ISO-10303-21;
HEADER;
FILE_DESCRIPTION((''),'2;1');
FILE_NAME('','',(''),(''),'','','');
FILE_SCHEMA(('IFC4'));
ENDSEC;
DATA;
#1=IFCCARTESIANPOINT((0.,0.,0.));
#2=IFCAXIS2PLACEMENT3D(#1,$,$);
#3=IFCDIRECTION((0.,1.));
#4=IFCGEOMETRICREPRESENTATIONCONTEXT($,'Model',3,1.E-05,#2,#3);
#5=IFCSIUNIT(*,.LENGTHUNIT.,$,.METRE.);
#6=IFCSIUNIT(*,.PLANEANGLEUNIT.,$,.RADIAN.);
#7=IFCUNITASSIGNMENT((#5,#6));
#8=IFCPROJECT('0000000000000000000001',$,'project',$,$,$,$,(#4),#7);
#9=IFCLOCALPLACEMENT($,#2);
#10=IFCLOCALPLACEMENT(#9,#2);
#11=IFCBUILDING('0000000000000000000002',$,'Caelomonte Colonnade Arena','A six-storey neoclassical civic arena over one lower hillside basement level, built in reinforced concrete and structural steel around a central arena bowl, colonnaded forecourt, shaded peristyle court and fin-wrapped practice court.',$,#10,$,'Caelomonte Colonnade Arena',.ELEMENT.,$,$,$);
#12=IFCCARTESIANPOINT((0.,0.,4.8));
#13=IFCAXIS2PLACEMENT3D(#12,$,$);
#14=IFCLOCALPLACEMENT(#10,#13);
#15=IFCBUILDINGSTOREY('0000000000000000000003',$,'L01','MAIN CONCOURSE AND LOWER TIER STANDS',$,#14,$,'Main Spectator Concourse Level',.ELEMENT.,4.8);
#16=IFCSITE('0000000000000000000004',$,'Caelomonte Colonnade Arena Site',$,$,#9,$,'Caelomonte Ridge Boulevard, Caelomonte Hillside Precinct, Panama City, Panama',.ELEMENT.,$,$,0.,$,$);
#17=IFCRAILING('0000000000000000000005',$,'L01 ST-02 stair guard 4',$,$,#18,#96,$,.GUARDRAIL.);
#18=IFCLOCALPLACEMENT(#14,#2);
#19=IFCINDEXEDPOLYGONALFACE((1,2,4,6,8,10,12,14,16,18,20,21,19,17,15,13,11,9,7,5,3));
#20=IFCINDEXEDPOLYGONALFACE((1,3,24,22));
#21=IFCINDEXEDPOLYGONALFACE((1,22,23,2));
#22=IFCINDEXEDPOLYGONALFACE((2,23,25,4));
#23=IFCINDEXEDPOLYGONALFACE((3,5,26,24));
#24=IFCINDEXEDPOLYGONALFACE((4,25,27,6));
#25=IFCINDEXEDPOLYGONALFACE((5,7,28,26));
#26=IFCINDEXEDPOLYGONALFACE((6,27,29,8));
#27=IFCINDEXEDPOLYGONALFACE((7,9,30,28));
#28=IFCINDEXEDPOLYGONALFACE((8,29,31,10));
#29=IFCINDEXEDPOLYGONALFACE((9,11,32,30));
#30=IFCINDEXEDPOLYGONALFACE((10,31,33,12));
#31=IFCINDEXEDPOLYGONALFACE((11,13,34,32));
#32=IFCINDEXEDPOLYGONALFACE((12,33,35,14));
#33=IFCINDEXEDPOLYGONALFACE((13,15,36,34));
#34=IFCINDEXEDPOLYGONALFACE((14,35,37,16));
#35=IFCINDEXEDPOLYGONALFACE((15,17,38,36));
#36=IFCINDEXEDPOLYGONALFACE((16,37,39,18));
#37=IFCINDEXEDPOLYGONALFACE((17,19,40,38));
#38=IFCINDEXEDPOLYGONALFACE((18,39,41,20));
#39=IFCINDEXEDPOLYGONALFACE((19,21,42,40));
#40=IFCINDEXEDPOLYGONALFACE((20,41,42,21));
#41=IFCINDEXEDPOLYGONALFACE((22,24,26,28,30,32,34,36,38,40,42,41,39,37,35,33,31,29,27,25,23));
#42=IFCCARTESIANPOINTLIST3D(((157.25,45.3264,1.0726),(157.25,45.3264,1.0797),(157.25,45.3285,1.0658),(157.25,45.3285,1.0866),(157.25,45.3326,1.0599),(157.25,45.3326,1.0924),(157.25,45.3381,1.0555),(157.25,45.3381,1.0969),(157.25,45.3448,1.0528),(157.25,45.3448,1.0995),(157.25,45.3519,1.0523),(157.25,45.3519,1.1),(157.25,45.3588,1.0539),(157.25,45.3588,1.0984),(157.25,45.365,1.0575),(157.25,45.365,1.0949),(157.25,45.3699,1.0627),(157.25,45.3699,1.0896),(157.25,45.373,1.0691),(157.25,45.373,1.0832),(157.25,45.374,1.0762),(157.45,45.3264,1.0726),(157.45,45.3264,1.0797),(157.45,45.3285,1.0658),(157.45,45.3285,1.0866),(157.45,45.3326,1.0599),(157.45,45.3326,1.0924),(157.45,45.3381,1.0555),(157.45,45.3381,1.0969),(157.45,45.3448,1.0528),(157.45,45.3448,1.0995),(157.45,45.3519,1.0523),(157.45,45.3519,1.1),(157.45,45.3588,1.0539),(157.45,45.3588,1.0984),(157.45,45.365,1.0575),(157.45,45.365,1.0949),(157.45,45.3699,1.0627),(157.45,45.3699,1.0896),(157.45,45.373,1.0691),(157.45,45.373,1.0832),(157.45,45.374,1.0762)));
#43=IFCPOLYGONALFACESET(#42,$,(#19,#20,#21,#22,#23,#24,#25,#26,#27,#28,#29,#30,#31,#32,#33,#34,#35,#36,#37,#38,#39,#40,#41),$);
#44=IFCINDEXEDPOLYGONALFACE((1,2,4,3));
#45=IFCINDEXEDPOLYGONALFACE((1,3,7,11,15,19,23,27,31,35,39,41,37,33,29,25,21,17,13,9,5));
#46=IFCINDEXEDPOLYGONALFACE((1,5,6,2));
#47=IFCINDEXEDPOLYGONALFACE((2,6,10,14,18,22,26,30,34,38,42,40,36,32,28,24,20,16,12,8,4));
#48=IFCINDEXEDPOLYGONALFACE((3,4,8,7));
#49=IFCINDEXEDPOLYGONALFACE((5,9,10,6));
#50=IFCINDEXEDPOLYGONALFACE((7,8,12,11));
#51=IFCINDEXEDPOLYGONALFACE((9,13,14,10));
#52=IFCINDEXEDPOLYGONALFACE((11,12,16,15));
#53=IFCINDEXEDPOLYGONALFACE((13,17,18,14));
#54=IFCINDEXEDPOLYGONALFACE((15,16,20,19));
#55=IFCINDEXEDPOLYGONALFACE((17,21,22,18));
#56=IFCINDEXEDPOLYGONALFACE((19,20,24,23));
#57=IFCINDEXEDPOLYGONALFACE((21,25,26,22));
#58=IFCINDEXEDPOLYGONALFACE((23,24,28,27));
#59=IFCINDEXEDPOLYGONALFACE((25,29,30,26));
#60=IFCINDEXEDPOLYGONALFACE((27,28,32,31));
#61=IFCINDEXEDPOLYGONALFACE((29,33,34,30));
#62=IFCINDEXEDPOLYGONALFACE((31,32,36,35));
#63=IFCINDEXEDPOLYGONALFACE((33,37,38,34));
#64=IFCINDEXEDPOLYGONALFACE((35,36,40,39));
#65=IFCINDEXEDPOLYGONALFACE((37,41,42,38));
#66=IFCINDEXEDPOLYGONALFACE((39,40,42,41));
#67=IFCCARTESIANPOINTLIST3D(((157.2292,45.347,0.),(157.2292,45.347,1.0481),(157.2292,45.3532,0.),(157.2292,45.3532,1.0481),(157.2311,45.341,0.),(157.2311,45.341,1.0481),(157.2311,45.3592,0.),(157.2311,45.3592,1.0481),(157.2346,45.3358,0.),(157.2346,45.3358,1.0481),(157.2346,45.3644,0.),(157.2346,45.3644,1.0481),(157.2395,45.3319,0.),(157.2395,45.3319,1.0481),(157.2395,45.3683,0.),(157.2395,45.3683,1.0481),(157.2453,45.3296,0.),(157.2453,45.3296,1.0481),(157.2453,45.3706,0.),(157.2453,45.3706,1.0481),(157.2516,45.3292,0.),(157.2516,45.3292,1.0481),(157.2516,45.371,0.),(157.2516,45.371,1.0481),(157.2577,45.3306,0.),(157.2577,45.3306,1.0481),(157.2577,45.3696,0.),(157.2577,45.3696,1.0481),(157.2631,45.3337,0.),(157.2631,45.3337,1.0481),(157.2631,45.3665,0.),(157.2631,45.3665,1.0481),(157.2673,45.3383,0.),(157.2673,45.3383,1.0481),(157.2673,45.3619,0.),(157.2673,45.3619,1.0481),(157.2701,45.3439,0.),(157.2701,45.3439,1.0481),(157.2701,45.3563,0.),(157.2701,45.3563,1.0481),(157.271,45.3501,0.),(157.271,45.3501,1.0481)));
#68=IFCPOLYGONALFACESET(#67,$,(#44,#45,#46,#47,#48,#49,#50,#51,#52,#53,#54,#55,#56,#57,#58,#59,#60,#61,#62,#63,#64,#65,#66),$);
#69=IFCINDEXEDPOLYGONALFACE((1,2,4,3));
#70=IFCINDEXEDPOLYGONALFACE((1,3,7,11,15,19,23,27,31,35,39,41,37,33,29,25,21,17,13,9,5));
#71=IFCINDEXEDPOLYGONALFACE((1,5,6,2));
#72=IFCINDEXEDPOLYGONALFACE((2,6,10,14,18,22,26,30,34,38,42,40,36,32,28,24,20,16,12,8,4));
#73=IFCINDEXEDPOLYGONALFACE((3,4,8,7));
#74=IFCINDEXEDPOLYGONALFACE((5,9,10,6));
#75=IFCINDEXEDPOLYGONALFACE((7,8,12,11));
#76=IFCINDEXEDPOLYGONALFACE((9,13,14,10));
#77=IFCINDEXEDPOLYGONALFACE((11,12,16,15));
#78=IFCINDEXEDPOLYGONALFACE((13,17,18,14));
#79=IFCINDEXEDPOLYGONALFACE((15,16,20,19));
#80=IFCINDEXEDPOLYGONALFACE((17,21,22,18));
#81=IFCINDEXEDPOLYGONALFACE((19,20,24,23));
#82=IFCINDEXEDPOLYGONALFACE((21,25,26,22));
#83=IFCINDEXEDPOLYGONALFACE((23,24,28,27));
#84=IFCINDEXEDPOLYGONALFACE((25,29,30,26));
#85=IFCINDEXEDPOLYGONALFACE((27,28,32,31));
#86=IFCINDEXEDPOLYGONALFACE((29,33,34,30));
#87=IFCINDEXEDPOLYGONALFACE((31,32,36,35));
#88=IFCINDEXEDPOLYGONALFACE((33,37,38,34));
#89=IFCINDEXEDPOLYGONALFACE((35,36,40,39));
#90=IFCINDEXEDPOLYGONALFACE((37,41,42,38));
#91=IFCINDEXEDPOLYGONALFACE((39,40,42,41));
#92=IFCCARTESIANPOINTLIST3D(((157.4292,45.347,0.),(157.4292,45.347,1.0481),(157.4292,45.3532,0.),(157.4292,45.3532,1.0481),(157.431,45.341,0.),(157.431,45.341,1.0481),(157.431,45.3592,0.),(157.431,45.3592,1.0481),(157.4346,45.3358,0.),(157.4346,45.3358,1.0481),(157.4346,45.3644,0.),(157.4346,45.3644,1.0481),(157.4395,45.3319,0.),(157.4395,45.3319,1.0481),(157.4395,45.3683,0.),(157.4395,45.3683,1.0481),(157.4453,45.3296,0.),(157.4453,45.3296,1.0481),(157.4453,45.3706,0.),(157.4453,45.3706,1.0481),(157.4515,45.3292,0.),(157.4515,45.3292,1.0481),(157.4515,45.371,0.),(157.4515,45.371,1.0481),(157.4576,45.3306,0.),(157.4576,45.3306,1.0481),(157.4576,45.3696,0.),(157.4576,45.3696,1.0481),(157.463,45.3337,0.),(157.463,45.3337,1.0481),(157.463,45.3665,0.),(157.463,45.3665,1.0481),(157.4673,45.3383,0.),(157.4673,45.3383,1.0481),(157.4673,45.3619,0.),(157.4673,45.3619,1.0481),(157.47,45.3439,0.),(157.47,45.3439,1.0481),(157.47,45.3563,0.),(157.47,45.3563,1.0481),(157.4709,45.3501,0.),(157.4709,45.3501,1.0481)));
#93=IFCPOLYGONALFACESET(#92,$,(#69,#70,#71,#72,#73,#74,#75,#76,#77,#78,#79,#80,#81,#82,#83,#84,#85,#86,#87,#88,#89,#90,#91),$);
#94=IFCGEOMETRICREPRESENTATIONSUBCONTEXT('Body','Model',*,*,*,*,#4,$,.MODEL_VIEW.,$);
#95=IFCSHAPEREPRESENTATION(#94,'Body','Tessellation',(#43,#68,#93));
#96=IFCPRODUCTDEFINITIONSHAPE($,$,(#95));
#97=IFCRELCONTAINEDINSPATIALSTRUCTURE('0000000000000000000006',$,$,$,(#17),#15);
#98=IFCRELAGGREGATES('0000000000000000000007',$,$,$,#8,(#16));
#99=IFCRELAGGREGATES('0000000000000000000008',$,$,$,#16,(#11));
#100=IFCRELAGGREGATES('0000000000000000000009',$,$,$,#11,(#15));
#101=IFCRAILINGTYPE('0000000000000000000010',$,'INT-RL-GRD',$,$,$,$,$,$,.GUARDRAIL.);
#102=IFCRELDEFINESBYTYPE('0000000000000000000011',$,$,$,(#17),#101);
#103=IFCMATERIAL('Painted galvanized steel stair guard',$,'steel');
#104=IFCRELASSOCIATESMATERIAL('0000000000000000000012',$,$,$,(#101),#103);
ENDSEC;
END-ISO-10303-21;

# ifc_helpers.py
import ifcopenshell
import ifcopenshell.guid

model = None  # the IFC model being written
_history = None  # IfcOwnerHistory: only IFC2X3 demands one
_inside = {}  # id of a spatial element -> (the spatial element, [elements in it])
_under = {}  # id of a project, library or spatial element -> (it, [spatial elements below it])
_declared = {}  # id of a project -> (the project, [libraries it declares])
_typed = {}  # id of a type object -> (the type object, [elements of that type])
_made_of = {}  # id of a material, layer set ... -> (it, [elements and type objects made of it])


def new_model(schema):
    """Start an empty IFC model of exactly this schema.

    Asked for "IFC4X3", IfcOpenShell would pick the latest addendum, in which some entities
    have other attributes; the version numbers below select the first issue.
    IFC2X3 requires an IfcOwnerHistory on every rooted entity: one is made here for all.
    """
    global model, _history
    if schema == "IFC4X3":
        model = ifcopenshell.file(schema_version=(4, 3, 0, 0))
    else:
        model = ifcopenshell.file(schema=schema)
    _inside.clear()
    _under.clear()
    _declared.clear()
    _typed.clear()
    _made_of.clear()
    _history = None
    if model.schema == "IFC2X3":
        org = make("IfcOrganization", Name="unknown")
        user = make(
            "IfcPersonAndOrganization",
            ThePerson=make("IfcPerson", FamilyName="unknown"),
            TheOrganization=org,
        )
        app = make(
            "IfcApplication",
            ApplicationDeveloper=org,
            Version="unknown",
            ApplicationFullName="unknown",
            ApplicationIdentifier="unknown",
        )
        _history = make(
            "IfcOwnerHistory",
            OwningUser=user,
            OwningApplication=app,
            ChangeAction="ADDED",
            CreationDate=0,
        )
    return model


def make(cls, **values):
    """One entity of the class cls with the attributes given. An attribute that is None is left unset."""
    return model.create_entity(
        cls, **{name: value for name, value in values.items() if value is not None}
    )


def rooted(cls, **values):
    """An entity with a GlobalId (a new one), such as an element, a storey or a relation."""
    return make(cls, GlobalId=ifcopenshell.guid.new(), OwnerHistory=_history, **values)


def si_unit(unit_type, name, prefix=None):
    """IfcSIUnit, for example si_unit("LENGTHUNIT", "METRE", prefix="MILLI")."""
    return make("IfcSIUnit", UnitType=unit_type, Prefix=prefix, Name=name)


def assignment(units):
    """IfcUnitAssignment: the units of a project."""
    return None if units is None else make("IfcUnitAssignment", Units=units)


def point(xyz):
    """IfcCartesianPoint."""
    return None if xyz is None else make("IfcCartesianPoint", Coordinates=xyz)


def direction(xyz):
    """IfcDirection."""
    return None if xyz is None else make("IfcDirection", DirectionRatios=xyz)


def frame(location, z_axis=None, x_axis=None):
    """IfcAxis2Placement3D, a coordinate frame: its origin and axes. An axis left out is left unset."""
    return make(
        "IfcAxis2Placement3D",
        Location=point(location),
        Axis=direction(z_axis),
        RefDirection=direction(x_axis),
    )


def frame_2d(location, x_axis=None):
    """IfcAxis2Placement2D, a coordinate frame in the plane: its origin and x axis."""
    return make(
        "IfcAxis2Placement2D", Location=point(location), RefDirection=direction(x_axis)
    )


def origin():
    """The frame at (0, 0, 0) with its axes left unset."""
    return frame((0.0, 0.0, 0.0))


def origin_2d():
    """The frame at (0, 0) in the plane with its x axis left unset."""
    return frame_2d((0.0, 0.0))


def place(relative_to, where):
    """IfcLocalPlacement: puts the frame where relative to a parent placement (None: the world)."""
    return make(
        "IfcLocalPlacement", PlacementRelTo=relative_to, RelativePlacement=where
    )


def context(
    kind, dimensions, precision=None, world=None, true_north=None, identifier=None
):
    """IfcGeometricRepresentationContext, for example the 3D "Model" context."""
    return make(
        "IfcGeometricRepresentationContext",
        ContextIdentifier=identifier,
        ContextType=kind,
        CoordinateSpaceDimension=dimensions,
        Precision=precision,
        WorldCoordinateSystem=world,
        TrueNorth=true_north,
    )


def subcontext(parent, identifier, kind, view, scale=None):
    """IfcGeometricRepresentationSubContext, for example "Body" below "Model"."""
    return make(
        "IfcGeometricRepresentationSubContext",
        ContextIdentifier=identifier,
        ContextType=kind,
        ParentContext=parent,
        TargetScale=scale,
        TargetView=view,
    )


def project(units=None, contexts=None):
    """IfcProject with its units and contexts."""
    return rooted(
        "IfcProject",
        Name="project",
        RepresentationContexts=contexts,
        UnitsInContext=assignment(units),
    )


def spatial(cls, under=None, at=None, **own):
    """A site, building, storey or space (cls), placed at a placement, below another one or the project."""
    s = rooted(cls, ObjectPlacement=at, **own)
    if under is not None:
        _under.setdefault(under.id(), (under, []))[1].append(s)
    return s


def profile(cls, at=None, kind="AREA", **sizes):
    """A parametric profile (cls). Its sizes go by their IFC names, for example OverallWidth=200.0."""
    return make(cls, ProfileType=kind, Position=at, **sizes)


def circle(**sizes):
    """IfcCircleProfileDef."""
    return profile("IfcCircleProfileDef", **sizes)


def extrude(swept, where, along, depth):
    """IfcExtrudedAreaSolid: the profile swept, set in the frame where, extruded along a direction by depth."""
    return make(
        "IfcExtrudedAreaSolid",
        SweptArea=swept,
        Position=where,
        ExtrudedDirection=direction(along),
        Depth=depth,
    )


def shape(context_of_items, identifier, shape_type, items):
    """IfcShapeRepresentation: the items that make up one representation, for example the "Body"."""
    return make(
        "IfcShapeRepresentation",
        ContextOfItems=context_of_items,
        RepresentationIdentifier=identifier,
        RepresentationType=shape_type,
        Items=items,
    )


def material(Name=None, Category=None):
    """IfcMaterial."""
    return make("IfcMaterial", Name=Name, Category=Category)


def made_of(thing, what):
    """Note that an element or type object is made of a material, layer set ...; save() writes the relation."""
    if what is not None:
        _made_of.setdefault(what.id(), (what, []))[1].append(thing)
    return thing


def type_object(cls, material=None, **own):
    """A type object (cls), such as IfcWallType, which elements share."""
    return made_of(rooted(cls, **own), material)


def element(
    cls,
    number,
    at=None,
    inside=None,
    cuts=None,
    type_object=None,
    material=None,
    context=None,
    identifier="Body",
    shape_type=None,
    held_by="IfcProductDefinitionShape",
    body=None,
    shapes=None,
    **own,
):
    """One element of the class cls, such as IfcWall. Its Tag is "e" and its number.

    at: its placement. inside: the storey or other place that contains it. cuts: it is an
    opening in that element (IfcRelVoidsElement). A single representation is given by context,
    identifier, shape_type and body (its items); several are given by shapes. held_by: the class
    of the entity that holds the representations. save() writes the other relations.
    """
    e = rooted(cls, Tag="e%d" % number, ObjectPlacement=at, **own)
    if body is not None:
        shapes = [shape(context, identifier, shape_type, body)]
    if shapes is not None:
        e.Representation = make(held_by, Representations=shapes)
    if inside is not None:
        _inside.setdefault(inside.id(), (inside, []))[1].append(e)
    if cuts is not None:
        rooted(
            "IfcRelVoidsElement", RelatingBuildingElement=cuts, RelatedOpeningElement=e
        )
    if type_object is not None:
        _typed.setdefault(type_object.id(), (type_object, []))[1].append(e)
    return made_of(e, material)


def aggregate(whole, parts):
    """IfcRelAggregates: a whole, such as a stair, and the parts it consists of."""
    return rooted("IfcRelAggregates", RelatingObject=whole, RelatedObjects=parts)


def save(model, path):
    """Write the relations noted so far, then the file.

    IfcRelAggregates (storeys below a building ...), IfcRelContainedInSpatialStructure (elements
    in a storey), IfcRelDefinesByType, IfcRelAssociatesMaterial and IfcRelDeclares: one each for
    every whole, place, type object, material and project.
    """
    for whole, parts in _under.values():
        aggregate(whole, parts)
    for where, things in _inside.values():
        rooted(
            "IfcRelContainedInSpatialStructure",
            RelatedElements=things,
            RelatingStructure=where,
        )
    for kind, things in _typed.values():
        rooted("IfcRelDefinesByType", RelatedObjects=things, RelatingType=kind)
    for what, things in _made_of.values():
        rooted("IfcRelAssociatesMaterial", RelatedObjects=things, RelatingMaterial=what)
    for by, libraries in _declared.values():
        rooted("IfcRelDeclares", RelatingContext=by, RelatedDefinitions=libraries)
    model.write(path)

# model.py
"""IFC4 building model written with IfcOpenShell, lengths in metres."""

from ifc_helpers import new_model, si_unit, direction, frame, origin, origin_2d, place, context, subcontext, project, spatial, circle, extrude, material, type_object, element, save


model = new_model("IFC4")

# Units and contexts
model_context = context("Model", 3, precision=1e-05, world=origin(), true_north=direction((0.0, 1.0)))
body_context = subcontext(model_context, "Body", "Model", "MODEL_VIEW")
ifc_project = project(units=[si_unit("LENGTHUNIT", "METRE"), si_unit("PLANEANGLEUNIT", "RADIAN")], contexts=[model_context])

# Site, building, storey
site_placement = place(None, origin())
site = spatial("IfcSite", under=ifc_project, at=site_placement, Name="Caelomonte Colonnade Arena Site", LongName="Caelomonte Ridge Boulevard, Caelomonte Hillside Precinct, Panama City, Panama", CompositionType="ELEMENT", RefElevation=0.0)
building_placement = place(site_placement, origin())
building = spatial("IfcBuilding", under=site, at=building_placement, Name="Caelomonte Colonnade Arena", Description="A six-storey neoclassical civic arena over one lower hillside basement level, built in reinforced concrete and structural steel around a central arena bowl, colonnaded forecourt, shaded peristyle court and fin-wrapped practice court.", LongName="Caelomonte Colonnade Arena", CompositionType="ELEMENT")
storey_placement = place(building_placement, frame((0.0, 0.0, 4.8)))
storey = spatial("IfcBuildingStorey", under=building, at=storey_placement, Name="L01", Description="MAIN CONCOURSE AND LOWER TIER STANDS", LongName="Main Spectator Concourse Level", CompositionType="ELEMENT", Elevation=4.8)

# Railing
ifc_material_1 = material(Name="Painted galvanized steel stair guard", Category="steel")
railing_type_1 = type_object("IfcRailingType", Name="INT-RL-GRD", PredefinedType="GUARDRAIL", material=ifc_material_1)
railing_1_placement = place(storey_placement, frame((157.25, 45.3501, 0.0)))
element("IfcRailing", 1, at=railing_1_placement, inside=storey, type_object=railing_type_1, Name="L01 ST-02 stair guard 4", PredefinedType="GUARDRAIL", context=body_context, shape_type="SweptSolid", body=[
    extrude(circle(Radius=0.0239, at=origin_2d()), frame((0.0, 0.0, 1.0762), z_axis=(1.0, 0.0, 0.0), x_axis=(0.0, 1.0, 0.0)), (0.0, 0.0, 1.0), 0.2),
    extrude(circle(Radius=0.021, at=origin_2d()), origin(), (0.0, 0.0, 1.0), 1.0481),
    extrude(circle(Radius=0.021, at=origin_2d()), frame((0.2, 0.0, 0.0)), (0.0, 0.0, 1.0), 1.0481),
])

save(model, "model.ifc")
